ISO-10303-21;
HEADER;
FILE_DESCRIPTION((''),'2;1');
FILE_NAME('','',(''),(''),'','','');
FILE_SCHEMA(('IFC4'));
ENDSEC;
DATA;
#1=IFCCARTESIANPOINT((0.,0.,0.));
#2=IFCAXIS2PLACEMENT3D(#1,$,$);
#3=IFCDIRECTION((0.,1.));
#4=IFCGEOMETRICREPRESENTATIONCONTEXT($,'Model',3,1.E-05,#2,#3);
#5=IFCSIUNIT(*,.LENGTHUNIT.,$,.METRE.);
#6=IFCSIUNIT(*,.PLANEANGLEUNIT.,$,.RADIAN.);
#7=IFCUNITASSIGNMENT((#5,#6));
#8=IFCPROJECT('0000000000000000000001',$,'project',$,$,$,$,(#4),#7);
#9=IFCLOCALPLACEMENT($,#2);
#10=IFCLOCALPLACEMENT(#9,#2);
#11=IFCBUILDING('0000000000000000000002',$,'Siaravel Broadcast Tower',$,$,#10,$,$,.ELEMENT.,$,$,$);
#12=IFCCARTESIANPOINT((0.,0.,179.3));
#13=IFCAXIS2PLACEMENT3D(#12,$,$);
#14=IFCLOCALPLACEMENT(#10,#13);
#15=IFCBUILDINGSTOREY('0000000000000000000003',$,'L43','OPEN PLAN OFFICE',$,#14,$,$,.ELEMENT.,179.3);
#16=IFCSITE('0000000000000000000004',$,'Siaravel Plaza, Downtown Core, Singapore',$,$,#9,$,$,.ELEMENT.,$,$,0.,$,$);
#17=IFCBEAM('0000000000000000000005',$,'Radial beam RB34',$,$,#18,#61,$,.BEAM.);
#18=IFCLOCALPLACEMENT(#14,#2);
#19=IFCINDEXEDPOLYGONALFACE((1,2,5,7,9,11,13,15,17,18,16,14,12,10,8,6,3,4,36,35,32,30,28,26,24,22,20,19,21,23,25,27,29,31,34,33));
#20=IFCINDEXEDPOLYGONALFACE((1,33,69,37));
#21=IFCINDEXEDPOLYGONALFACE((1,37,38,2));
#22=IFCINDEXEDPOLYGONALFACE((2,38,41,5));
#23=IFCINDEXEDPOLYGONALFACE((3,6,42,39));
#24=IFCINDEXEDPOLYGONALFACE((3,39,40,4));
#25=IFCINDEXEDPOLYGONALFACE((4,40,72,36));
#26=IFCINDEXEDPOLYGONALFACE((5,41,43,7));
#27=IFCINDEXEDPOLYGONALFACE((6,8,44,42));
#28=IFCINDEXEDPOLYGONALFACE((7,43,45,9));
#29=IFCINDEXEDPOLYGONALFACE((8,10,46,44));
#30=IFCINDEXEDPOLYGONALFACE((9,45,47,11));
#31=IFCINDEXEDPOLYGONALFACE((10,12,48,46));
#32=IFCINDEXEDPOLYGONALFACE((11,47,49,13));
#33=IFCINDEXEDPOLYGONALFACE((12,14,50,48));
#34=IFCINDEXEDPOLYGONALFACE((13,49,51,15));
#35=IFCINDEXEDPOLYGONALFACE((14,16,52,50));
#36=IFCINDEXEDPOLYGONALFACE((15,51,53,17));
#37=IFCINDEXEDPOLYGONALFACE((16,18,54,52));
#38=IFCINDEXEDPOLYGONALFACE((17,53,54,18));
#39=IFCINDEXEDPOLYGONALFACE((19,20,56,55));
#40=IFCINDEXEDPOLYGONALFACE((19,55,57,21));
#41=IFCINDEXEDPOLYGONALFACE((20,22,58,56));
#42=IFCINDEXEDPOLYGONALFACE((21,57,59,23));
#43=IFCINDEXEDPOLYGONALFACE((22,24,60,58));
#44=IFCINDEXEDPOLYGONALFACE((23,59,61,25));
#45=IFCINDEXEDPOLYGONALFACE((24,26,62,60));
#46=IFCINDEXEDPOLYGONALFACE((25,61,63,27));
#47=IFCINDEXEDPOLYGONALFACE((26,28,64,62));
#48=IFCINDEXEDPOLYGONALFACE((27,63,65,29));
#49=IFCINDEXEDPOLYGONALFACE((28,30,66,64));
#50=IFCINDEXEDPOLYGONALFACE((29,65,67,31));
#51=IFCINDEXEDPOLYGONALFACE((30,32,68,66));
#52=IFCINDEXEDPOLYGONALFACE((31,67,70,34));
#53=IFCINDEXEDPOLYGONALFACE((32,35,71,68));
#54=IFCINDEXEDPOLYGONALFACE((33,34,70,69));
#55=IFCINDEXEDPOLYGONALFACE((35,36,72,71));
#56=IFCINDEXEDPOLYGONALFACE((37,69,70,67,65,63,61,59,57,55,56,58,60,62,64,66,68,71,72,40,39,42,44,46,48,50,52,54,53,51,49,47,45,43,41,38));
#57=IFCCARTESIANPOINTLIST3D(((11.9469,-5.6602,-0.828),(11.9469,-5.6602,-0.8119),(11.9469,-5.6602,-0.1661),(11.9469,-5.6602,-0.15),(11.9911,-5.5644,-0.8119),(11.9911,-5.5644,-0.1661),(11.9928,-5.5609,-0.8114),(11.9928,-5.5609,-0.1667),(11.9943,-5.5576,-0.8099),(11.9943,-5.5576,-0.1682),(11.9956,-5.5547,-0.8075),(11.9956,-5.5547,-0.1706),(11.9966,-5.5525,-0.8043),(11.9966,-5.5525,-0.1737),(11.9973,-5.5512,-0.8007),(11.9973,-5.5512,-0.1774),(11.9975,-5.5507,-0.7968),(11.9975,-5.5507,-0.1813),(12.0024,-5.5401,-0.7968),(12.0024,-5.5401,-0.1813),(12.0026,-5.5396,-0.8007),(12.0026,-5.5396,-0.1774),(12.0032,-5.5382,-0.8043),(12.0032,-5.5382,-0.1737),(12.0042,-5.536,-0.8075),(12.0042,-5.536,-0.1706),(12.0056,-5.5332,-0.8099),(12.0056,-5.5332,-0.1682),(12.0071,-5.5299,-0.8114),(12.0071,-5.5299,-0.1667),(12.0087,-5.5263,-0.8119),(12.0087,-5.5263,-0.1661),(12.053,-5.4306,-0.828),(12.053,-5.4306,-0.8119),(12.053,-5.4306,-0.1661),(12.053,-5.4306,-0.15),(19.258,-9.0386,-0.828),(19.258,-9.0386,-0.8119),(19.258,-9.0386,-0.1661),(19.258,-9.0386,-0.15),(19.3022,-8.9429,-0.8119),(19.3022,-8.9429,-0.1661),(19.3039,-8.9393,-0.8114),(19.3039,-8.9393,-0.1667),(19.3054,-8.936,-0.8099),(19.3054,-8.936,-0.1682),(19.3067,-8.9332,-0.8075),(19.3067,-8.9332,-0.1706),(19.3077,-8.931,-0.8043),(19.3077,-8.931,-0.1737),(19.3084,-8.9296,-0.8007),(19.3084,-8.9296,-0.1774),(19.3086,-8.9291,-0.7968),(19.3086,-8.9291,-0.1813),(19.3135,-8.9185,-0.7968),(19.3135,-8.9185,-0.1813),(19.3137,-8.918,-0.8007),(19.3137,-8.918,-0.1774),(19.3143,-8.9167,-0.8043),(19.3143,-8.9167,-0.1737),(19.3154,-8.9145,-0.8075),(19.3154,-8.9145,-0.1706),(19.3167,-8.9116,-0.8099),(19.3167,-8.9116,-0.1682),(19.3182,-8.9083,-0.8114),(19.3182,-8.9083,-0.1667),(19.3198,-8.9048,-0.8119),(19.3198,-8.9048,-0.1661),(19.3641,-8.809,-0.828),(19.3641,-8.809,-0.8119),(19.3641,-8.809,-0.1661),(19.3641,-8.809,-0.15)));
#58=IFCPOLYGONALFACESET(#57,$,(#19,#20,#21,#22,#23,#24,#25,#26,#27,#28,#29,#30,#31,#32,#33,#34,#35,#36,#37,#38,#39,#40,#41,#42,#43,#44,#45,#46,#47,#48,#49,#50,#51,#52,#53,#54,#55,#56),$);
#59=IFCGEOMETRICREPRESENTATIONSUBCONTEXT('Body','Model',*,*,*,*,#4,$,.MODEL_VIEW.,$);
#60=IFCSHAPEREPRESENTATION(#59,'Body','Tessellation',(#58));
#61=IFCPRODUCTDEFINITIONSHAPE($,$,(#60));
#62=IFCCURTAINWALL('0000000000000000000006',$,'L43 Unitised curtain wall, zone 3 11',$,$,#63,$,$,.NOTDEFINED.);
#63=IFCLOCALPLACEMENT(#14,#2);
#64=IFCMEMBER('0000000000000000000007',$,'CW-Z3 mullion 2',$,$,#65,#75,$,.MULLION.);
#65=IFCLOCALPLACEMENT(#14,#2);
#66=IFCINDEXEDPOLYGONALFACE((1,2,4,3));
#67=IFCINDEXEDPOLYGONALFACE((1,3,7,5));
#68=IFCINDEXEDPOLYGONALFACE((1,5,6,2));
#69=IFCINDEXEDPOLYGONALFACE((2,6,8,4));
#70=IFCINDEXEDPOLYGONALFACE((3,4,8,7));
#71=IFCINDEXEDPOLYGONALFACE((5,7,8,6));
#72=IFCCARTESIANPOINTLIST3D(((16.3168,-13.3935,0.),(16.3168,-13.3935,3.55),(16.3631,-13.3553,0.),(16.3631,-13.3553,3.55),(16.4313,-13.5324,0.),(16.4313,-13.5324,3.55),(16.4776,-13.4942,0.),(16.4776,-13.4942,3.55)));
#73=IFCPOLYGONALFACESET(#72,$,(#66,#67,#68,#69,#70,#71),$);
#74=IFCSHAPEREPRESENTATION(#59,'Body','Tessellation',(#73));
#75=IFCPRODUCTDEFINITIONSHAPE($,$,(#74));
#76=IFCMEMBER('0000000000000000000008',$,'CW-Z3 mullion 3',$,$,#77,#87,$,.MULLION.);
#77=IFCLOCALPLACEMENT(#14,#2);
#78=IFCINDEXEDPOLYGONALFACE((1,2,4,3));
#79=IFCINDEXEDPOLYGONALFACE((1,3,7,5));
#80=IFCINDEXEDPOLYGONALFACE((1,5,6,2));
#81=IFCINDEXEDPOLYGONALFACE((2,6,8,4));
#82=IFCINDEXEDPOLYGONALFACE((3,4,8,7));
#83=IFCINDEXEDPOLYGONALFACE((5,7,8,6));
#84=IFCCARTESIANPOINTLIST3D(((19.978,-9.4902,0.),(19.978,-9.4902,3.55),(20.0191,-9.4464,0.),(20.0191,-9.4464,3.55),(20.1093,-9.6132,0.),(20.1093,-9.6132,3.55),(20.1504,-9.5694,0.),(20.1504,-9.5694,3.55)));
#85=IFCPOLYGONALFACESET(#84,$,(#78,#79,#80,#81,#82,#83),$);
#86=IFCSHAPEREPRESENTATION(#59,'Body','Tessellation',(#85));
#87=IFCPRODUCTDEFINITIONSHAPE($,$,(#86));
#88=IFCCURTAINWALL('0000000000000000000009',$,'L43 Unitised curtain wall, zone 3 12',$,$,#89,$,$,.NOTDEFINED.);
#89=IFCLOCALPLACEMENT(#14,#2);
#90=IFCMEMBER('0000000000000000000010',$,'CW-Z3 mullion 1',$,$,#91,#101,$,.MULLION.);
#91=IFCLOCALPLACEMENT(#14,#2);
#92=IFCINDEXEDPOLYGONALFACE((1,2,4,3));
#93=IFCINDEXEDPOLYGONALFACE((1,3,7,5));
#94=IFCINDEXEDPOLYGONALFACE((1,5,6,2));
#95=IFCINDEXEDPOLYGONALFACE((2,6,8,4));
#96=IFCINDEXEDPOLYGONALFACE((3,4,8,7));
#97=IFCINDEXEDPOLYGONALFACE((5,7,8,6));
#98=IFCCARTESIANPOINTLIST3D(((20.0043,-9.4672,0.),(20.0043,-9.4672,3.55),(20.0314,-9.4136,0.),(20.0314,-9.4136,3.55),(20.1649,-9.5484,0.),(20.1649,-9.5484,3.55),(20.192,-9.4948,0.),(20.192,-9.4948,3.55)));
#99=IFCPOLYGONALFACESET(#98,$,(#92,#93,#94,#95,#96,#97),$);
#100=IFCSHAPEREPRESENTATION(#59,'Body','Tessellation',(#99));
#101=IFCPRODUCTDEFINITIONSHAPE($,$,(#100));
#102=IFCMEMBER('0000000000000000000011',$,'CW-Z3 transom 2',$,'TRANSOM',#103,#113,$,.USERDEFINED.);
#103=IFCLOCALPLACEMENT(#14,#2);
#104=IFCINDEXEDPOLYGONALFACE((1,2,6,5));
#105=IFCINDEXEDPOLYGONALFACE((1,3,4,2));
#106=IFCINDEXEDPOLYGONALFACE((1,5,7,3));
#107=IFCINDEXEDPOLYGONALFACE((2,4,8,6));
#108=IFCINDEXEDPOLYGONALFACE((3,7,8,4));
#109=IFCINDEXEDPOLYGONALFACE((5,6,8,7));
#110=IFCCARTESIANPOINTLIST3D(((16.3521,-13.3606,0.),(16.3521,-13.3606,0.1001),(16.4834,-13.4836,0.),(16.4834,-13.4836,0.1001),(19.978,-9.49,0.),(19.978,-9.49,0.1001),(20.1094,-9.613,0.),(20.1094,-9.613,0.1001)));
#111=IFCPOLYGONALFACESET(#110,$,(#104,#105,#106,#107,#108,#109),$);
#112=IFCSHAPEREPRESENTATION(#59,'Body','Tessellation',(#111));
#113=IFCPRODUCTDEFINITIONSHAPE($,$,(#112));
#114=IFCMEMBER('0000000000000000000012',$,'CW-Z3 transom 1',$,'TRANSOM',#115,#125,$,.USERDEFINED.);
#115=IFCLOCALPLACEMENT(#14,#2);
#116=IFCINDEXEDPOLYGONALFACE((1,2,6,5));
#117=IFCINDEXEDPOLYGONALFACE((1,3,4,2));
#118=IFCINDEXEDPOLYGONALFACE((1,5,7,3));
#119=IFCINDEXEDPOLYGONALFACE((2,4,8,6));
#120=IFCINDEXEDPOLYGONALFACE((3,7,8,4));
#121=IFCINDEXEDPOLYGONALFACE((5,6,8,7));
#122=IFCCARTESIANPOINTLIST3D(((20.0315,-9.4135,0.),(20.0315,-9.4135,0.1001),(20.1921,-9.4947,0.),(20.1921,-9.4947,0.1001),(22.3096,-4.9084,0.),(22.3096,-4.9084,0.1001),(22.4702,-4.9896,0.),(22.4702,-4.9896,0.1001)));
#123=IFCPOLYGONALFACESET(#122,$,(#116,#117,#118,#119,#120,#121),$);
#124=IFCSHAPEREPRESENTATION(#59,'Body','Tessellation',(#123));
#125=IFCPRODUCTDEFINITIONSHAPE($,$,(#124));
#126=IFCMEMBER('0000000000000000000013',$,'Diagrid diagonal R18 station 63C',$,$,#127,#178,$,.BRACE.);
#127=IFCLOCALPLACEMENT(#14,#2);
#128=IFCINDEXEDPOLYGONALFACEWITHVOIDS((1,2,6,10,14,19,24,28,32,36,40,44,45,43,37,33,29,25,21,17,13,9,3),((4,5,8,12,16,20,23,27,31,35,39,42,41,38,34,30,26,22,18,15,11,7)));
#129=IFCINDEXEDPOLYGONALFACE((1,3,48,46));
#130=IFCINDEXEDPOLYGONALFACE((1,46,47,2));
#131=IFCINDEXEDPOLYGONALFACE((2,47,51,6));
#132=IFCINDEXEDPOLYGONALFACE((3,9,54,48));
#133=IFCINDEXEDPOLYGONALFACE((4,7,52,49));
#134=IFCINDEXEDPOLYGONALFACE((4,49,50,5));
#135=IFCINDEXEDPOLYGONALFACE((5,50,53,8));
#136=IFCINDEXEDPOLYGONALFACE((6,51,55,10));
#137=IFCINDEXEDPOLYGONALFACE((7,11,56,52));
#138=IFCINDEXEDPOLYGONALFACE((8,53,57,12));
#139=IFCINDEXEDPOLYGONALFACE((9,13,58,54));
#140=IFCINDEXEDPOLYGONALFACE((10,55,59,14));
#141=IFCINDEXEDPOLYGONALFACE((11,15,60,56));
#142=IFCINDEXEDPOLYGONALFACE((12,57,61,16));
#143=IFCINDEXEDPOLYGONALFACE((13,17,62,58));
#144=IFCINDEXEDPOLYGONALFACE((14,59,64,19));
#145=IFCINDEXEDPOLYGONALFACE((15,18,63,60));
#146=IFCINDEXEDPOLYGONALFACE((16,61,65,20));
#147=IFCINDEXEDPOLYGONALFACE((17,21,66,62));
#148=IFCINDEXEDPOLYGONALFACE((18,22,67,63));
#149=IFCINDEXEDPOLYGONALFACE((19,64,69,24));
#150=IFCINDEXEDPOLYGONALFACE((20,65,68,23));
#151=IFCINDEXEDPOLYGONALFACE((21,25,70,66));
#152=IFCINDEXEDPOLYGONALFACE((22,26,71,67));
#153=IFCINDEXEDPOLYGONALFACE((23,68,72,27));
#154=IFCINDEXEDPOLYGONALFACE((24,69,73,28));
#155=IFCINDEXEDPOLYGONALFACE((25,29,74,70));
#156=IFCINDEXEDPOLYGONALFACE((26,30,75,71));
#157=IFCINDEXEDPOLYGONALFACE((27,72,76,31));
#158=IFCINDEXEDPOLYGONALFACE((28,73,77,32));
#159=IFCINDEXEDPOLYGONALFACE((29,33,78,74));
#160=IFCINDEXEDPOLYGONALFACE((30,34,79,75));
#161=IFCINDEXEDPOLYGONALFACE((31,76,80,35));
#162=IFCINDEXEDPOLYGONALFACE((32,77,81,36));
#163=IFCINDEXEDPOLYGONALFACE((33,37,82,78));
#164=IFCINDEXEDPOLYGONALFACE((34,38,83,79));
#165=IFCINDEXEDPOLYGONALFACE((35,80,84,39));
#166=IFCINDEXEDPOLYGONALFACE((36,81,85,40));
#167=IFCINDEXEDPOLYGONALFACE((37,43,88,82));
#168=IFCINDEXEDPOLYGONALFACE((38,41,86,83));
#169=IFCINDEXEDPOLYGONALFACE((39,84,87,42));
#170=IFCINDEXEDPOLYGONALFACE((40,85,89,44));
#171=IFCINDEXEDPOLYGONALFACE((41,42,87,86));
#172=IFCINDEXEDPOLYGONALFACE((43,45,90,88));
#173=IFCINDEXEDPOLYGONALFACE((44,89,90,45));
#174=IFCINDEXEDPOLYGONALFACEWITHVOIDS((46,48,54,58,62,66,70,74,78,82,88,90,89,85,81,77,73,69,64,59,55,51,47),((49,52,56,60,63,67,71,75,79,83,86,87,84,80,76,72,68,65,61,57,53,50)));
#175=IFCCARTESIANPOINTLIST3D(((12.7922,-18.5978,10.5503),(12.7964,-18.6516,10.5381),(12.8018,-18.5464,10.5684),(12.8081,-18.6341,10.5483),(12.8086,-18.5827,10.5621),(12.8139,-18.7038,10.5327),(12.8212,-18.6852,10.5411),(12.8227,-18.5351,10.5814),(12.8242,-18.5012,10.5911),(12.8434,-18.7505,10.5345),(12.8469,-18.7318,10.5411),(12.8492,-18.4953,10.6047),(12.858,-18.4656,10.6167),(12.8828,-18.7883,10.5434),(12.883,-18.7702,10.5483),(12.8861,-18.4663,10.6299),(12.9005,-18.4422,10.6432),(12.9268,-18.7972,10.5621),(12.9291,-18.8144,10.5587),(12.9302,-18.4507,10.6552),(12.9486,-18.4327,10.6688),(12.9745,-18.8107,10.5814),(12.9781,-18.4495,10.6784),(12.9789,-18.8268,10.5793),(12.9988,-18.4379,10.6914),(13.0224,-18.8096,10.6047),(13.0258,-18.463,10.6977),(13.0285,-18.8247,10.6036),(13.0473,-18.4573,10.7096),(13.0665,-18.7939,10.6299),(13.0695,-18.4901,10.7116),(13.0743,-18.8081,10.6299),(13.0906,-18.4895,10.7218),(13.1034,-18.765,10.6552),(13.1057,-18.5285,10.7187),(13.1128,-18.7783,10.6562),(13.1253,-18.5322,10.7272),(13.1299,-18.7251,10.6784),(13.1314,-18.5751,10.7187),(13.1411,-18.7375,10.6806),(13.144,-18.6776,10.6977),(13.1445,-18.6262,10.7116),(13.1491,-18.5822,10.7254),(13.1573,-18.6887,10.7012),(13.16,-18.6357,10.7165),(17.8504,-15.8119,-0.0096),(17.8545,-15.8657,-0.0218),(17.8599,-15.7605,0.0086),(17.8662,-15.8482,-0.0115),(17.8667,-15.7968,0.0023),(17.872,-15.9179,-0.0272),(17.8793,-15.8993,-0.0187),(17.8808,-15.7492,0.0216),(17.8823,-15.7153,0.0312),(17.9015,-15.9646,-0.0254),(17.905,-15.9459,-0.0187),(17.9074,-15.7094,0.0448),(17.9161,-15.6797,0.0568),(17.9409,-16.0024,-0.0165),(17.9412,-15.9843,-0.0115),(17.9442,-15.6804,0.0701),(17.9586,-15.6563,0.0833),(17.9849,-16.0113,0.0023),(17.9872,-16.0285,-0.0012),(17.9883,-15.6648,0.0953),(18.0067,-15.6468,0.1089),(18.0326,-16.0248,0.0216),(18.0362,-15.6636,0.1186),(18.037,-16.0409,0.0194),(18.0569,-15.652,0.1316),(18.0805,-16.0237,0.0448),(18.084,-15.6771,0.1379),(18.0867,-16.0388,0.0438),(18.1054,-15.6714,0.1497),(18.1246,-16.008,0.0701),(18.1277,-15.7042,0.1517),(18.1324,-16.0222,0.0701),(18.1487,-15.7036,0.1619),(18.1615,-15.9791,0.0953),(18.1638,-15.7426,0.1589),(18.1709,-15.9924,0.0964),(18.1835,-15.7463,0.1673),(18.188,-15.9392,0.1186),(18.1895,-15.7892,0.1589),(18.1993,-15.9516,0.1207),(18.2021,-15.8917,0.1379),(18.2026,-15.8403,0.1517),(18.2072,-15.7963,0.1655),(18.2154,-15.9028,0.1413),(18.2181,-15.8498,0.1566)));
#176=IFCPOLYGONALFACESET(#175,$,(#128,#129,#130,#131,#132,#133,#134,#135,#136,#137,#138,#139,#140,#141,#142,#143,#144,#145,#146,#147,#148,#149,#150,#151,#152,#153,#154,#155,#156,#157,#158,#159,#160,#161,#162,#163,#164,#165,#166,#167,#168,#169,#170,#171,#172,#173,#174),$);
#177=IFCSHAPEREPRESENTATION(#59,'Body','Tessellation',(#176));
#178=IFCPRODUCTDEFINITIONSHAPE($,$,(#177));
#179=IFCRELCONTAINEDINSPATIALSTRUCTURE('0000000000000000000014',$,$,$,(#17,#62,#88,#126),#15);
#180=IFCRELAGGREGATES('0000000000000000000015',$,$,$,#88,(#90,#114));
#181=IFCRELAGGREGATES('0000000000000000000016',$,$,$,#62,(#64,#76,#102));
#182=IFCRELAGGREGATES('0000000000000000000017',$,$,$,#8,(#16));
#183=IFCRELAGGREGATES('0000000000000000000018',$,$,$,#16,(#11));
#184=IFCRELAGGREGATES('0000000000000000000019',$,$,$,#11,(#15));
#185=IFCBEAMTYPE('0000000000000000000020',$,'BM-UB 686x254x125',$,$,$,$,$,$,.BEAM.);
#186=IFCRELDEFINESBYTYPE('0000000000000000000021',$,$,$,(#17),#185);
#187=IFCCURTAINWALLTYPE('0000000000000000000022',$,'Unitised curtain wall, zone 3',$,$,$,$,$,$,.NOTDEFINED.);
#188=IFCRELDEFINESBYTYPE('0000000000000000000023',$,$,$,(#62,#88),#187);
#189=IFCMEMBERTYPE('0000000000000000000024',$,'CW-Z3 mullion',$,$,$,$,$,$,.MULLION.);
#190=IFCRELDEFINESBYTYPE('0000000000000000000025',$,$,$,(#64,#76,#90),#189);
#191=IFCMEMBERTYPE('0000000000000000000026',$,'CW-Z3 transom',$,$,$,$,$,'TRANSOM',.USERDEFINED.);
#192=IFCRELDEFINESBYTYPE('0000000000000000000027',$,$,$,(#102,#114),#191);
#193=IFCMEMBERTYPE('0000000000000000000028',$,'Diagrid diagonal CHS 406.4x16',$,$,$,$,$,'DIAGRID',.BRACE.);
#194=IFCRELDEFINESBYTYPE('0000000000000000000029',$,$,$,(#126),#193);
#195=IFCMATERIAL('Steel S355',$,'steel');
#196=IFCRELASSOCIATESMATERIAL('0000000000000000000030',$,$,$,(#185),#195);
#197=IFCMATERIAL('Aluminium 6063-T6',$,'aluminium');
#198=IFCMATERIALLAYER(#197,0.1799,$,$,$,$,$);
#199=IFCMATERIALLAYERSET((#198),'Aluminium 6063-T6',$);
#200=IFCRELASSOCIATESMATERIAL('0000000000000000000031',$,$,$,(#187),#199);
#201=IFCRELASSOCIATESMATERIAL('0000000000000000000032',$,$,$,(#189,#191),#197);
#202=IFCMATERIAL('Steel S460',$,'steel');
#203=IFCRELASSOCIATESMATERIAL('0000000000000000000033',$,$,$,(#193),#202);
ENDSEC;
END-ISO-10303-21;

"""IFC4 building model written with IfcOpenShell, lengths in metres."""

from ifc_helpers import new_model, si_unit, direction, frame, origin, origin_2d, place, context, subcontext, project, spatial, rectangle, hollow_circle, i_section, extrude, material, layer, layer_set, material_profile, profile_set, type_object, element, aggregate, save


model = new_model("IFC4")

# Units and contexts
model_context = context("Model", 3, precision=1e-05, world=origin(), true_north=direction((0.0, 1.0)))
body_context = subcontext(model_context, "Body", "Model", "MODEL_VIEW")
ifc_project = project(units=[si_unit("LENGTHUNIT", "METRE"), si_unit("PLANEANGLEUNIT", "RADIAN")], contexts=[model_context])

# Site, building, storey
site_placement = place(None, origin())
site = spatial("IfcSite", under=ifc_project, at=site_placement, Name="Siaravel Plaza, Downtown Core, Singapore", CompositionType="ELEMENT", RefElevation=0.0)
building_placement = place(site_placement, origin())
building = spatial("IfcBuilding", under=site, at=building_placement, Name="Siaravel Broadcast Tower", CompositionType="ELEMENT")
storey_placement = place(building_placement, frame((0.0, 0.0, 179.3)))
storey = spatial("IfcBuildingStorey", under=building, at=storey_placement, Name="L43", Description="OPEN PLAN OFFICE", CompositionType="ELEMENT", Elevation=179.3)

# Beam
ifc_material_1 = material(Name="Steel S355", Category="steel")
ifc_material_profile_1 = material_profile(ifc_material_1, i_section(OverallWidth=0.2529, OverallDepth=0.678, WebThickness=0.0117, FlangeThickness=0.0161, FilletRadius=0.0151, at=origin_2d()))
ifc_profile_set_1 = profile_set([ifc_material_profile_1], Name="Steel S355")
beam_type = type_object("IfcBeamType", Name="BM-UB 686x254x125", PredefinedType="BEAM", material=ifc_profile_set_1)
beam_1_placement = place(storey_placement, frame((19.311, -8.9238, -0.489), z_axis=(-0.907766, 0.419477, 0.0), x_axis=(-0.419477, -0.907766, 0.0)))
element("IfcBeam", 1, at=beam_1_placement, inside=storey, type_object=beam_type, Name="Radial beam RB34", PredefinedType="BEAM", context=body_context, shape_type="SweptSolid", body=[
    extrude(i_section(OverallWidth=0.2529, OverallDepth=0.678, WebThickness=0.0117, FlangeThickness=0.0161, FilletRadius=0.0151, at=origin_2d()), origin(), (0.0, 0.0, 1.0), 8.054),
])

# Curtain wall, members
ifc_material_2 = material(Name="Aluminium 6063-T6", Category="aluminium")
ifc_layer_1 = layer(ifc_material_2, 0.1799)
ifc_layer_set_1 = layer_set([ifc_layer_1], Name="Aluminium 6063-T6")
curtain_wall_type = type_object("IfcCurtainWallType", Name="Unitised curtain wall, zone 3", PredefinedType="NOTDEFINED", material=ifc_layer_set_1)
curtain_wall_1_placement = place(storey_placement, origin())
curtain_wall_1 = element("IfcCurtainWall", 2, at=curtain_wall_1_placement, inside=storey, type_object=curtain_wall_type, Name="L43 Unitised curtain wall, zone 3 11", PredefinedType="NOTDEFINED")
ifc_material_profile_2 = material_profile(ifc_material_2, rectangle(XDim=0.1799, YDim=0.0601, at=origin_2d()))
ifc_profile_set_2 = profile_set([ifc_material_profile_2], Name="Aluminium 6063-T6")
member_type_1 = type_object("IfcMemberType", Name="CW-Z3 mullion", PredefinedType="MULLION", material=ifc_profile_set_2)
member_1_placement = place(storey_placement, frame((16.3972, -13.4438, 0.0), z_axis=(0.0, 0.0, 1.0), x_axis=(-0.636218, 0.771509, 0.0)))
member_1 = element("IfcMember", 3, at=member_1_placement, type_object=member_type_1, Name="CW-Z3 mullion 2", PredefinedType="MULLION", context=body_context, shape_type="SweptSolid", body=[
    extrude(rectangle(XDim=0.1799, YDim=0.0601, at=origin_2d()), origin(), (0.0, 0.0, 1.0), 3.55),
])
member_2_placement = place(storey_placement, frame((20.0642, -9.5298, 0.0), z_axis=(0.0, 0.0, 1.0), x_axis=(-0.729805, 0.683655, 0.0)))
member_2 = element("IfcMember", 4, at=member_2_placement, type_object=member_type_1, Name="CW-Z3 mullion 3", PredefinedType="MULLION", context=body_context, shape_type="SweptSolid", body=[
    extrude(rectangle(XDim=0.1799, YDim=0.0601, at=origin_2d()), origin(), (0.0, 0.0, 1.0), 3.55),
])

# Curtain wall, member
curtain_wall_2_placement = place(storey_placement, origin())
curtain_wall_2 = element("IfcCurtainWall", 5, at=curtain_wall_2_placement, inside=storey, type_object=curtain_wall_type, Name="L43 Unitised curtain wall, zone 3 12", PredefinedType="NOTDEFINED")
member_3_placement = place(storey_placement, frame((20.0981, -9.481, 0.0), z_axis=(0.0, 0.0, 1.0), x_axis=(-0.892392, 0.451261, 0.0)))
member_3 = element("IfcMember", 6, at=member_3_placement, type_object=member_type_1, Name="CW-Z3 mullion 1", PredefinedType="MULLION", context=body_context, shape_type="SweptSolid", body=[
    extrude(rectangle(XDim=0.1799, YDim=0.0601, at=origin_2d()), origin(), (0.0, 0.0, 1.0), 3.55),
])

# Members
ifc_material_profile_3 = material_profile(ifc_material_2, rectangle(XDim=0.1799, YDim=0.1001, at=origin_2d()))
ifc_profile_set_3 = profile_set([ifc_material_profile_3], Name="Aluminium 6063-T6")
member_type_2 = type_object("IfcMemberType", Name="CW-Z3 transom", ElementType="TRANSOM", PredefinedType="USERDEFINED", material=ifc_profile_set_3)
member_4_placement = place(storey_placement, frame((16.4177, -13.4221, 0.05), z_axis=(0.683669, 0.729793, 0.0), x_axis=(-0.729793, 0.683669, 0.0)))
member_4 = element("IfcMember", 7, at=member_4_placement, type_object=member_type_2, Name="CW-Z3 transom 2", ObjectType="TRANSOM", PredefinedType="USERDEFINED", context=body_context, shape_type="SweptSolid", body=[
    extrude(rectangle(XDim=0.1799, YDim=0.1001, at=origin_2d()), origin(), (0.0, 0.0, 1.0), 5.3037),
])
member_5_placement = place(storey_placement, frame((20.1118, -9.4541, 0.05), z_axis=(0.451252, 0.892397, 0.0), x_axis=(-0.892397, 0.451252, 0.0)))
member_5 = element("IfcMember", 8, at=member_5_placement, type_object=member_type_2, Name="CW-Z3 transom 1", ObjectType="TRANSOM", PredefinedType="USERDEFINED", context=body_context, shape_type="SweptSolid", body=[
    extrude(rectangle(XDim=0.1799, YDim=0.1001, at=origin_2d()), origin(), (0.0, 0.0, 1.0), 5.0483),
])
aggregate(curtain_wall_2, [member_3, member_5])

# Member
ifc_material_3 = material(Name="Steel S460", Category="steel")
ifc_material_profile_4 = material_profile(ifc_material_3, hollow_circle(Radius=0.2031, WallThickness=0.0161, at=origin_2d()))
ifc_profile_set_4 = profile_set([ifc_material_profile_4], Name="Steel S460")
member_type_3 = type_object("IfcMemberType", Name="Diagrid diagonal CHS 406.4x16", ElementType="DIAGRID", PredefinedType="BRACE", material=ifc_profile_set_4)
member_6_placement = place(storey_placement, frame((18.0344, -15.8442, 0.0701), z_axis=(-0.420263, -0.231471, 0.877383), x_axis=(0.482441, -0.875928, 0.0)))
element("IfcMember", 9, at=member_6_placement, inside=storey, type_object=member_type_3, Name="Diagrid diagonal R18 station 63C", PredefinedType="BRACE", context=body_context, shape_type="SweptSolid", body=[
    extrude(hollow_circle(Radius=0.2031, WallThickness=0.0161, at=origin_2d()), origin(), (0.0, 0.0, 1.0), 12.0356),
])

aggregate(curtain_wall_1, [member_1, member_2, member_4])

save(model, "model.ifc")
